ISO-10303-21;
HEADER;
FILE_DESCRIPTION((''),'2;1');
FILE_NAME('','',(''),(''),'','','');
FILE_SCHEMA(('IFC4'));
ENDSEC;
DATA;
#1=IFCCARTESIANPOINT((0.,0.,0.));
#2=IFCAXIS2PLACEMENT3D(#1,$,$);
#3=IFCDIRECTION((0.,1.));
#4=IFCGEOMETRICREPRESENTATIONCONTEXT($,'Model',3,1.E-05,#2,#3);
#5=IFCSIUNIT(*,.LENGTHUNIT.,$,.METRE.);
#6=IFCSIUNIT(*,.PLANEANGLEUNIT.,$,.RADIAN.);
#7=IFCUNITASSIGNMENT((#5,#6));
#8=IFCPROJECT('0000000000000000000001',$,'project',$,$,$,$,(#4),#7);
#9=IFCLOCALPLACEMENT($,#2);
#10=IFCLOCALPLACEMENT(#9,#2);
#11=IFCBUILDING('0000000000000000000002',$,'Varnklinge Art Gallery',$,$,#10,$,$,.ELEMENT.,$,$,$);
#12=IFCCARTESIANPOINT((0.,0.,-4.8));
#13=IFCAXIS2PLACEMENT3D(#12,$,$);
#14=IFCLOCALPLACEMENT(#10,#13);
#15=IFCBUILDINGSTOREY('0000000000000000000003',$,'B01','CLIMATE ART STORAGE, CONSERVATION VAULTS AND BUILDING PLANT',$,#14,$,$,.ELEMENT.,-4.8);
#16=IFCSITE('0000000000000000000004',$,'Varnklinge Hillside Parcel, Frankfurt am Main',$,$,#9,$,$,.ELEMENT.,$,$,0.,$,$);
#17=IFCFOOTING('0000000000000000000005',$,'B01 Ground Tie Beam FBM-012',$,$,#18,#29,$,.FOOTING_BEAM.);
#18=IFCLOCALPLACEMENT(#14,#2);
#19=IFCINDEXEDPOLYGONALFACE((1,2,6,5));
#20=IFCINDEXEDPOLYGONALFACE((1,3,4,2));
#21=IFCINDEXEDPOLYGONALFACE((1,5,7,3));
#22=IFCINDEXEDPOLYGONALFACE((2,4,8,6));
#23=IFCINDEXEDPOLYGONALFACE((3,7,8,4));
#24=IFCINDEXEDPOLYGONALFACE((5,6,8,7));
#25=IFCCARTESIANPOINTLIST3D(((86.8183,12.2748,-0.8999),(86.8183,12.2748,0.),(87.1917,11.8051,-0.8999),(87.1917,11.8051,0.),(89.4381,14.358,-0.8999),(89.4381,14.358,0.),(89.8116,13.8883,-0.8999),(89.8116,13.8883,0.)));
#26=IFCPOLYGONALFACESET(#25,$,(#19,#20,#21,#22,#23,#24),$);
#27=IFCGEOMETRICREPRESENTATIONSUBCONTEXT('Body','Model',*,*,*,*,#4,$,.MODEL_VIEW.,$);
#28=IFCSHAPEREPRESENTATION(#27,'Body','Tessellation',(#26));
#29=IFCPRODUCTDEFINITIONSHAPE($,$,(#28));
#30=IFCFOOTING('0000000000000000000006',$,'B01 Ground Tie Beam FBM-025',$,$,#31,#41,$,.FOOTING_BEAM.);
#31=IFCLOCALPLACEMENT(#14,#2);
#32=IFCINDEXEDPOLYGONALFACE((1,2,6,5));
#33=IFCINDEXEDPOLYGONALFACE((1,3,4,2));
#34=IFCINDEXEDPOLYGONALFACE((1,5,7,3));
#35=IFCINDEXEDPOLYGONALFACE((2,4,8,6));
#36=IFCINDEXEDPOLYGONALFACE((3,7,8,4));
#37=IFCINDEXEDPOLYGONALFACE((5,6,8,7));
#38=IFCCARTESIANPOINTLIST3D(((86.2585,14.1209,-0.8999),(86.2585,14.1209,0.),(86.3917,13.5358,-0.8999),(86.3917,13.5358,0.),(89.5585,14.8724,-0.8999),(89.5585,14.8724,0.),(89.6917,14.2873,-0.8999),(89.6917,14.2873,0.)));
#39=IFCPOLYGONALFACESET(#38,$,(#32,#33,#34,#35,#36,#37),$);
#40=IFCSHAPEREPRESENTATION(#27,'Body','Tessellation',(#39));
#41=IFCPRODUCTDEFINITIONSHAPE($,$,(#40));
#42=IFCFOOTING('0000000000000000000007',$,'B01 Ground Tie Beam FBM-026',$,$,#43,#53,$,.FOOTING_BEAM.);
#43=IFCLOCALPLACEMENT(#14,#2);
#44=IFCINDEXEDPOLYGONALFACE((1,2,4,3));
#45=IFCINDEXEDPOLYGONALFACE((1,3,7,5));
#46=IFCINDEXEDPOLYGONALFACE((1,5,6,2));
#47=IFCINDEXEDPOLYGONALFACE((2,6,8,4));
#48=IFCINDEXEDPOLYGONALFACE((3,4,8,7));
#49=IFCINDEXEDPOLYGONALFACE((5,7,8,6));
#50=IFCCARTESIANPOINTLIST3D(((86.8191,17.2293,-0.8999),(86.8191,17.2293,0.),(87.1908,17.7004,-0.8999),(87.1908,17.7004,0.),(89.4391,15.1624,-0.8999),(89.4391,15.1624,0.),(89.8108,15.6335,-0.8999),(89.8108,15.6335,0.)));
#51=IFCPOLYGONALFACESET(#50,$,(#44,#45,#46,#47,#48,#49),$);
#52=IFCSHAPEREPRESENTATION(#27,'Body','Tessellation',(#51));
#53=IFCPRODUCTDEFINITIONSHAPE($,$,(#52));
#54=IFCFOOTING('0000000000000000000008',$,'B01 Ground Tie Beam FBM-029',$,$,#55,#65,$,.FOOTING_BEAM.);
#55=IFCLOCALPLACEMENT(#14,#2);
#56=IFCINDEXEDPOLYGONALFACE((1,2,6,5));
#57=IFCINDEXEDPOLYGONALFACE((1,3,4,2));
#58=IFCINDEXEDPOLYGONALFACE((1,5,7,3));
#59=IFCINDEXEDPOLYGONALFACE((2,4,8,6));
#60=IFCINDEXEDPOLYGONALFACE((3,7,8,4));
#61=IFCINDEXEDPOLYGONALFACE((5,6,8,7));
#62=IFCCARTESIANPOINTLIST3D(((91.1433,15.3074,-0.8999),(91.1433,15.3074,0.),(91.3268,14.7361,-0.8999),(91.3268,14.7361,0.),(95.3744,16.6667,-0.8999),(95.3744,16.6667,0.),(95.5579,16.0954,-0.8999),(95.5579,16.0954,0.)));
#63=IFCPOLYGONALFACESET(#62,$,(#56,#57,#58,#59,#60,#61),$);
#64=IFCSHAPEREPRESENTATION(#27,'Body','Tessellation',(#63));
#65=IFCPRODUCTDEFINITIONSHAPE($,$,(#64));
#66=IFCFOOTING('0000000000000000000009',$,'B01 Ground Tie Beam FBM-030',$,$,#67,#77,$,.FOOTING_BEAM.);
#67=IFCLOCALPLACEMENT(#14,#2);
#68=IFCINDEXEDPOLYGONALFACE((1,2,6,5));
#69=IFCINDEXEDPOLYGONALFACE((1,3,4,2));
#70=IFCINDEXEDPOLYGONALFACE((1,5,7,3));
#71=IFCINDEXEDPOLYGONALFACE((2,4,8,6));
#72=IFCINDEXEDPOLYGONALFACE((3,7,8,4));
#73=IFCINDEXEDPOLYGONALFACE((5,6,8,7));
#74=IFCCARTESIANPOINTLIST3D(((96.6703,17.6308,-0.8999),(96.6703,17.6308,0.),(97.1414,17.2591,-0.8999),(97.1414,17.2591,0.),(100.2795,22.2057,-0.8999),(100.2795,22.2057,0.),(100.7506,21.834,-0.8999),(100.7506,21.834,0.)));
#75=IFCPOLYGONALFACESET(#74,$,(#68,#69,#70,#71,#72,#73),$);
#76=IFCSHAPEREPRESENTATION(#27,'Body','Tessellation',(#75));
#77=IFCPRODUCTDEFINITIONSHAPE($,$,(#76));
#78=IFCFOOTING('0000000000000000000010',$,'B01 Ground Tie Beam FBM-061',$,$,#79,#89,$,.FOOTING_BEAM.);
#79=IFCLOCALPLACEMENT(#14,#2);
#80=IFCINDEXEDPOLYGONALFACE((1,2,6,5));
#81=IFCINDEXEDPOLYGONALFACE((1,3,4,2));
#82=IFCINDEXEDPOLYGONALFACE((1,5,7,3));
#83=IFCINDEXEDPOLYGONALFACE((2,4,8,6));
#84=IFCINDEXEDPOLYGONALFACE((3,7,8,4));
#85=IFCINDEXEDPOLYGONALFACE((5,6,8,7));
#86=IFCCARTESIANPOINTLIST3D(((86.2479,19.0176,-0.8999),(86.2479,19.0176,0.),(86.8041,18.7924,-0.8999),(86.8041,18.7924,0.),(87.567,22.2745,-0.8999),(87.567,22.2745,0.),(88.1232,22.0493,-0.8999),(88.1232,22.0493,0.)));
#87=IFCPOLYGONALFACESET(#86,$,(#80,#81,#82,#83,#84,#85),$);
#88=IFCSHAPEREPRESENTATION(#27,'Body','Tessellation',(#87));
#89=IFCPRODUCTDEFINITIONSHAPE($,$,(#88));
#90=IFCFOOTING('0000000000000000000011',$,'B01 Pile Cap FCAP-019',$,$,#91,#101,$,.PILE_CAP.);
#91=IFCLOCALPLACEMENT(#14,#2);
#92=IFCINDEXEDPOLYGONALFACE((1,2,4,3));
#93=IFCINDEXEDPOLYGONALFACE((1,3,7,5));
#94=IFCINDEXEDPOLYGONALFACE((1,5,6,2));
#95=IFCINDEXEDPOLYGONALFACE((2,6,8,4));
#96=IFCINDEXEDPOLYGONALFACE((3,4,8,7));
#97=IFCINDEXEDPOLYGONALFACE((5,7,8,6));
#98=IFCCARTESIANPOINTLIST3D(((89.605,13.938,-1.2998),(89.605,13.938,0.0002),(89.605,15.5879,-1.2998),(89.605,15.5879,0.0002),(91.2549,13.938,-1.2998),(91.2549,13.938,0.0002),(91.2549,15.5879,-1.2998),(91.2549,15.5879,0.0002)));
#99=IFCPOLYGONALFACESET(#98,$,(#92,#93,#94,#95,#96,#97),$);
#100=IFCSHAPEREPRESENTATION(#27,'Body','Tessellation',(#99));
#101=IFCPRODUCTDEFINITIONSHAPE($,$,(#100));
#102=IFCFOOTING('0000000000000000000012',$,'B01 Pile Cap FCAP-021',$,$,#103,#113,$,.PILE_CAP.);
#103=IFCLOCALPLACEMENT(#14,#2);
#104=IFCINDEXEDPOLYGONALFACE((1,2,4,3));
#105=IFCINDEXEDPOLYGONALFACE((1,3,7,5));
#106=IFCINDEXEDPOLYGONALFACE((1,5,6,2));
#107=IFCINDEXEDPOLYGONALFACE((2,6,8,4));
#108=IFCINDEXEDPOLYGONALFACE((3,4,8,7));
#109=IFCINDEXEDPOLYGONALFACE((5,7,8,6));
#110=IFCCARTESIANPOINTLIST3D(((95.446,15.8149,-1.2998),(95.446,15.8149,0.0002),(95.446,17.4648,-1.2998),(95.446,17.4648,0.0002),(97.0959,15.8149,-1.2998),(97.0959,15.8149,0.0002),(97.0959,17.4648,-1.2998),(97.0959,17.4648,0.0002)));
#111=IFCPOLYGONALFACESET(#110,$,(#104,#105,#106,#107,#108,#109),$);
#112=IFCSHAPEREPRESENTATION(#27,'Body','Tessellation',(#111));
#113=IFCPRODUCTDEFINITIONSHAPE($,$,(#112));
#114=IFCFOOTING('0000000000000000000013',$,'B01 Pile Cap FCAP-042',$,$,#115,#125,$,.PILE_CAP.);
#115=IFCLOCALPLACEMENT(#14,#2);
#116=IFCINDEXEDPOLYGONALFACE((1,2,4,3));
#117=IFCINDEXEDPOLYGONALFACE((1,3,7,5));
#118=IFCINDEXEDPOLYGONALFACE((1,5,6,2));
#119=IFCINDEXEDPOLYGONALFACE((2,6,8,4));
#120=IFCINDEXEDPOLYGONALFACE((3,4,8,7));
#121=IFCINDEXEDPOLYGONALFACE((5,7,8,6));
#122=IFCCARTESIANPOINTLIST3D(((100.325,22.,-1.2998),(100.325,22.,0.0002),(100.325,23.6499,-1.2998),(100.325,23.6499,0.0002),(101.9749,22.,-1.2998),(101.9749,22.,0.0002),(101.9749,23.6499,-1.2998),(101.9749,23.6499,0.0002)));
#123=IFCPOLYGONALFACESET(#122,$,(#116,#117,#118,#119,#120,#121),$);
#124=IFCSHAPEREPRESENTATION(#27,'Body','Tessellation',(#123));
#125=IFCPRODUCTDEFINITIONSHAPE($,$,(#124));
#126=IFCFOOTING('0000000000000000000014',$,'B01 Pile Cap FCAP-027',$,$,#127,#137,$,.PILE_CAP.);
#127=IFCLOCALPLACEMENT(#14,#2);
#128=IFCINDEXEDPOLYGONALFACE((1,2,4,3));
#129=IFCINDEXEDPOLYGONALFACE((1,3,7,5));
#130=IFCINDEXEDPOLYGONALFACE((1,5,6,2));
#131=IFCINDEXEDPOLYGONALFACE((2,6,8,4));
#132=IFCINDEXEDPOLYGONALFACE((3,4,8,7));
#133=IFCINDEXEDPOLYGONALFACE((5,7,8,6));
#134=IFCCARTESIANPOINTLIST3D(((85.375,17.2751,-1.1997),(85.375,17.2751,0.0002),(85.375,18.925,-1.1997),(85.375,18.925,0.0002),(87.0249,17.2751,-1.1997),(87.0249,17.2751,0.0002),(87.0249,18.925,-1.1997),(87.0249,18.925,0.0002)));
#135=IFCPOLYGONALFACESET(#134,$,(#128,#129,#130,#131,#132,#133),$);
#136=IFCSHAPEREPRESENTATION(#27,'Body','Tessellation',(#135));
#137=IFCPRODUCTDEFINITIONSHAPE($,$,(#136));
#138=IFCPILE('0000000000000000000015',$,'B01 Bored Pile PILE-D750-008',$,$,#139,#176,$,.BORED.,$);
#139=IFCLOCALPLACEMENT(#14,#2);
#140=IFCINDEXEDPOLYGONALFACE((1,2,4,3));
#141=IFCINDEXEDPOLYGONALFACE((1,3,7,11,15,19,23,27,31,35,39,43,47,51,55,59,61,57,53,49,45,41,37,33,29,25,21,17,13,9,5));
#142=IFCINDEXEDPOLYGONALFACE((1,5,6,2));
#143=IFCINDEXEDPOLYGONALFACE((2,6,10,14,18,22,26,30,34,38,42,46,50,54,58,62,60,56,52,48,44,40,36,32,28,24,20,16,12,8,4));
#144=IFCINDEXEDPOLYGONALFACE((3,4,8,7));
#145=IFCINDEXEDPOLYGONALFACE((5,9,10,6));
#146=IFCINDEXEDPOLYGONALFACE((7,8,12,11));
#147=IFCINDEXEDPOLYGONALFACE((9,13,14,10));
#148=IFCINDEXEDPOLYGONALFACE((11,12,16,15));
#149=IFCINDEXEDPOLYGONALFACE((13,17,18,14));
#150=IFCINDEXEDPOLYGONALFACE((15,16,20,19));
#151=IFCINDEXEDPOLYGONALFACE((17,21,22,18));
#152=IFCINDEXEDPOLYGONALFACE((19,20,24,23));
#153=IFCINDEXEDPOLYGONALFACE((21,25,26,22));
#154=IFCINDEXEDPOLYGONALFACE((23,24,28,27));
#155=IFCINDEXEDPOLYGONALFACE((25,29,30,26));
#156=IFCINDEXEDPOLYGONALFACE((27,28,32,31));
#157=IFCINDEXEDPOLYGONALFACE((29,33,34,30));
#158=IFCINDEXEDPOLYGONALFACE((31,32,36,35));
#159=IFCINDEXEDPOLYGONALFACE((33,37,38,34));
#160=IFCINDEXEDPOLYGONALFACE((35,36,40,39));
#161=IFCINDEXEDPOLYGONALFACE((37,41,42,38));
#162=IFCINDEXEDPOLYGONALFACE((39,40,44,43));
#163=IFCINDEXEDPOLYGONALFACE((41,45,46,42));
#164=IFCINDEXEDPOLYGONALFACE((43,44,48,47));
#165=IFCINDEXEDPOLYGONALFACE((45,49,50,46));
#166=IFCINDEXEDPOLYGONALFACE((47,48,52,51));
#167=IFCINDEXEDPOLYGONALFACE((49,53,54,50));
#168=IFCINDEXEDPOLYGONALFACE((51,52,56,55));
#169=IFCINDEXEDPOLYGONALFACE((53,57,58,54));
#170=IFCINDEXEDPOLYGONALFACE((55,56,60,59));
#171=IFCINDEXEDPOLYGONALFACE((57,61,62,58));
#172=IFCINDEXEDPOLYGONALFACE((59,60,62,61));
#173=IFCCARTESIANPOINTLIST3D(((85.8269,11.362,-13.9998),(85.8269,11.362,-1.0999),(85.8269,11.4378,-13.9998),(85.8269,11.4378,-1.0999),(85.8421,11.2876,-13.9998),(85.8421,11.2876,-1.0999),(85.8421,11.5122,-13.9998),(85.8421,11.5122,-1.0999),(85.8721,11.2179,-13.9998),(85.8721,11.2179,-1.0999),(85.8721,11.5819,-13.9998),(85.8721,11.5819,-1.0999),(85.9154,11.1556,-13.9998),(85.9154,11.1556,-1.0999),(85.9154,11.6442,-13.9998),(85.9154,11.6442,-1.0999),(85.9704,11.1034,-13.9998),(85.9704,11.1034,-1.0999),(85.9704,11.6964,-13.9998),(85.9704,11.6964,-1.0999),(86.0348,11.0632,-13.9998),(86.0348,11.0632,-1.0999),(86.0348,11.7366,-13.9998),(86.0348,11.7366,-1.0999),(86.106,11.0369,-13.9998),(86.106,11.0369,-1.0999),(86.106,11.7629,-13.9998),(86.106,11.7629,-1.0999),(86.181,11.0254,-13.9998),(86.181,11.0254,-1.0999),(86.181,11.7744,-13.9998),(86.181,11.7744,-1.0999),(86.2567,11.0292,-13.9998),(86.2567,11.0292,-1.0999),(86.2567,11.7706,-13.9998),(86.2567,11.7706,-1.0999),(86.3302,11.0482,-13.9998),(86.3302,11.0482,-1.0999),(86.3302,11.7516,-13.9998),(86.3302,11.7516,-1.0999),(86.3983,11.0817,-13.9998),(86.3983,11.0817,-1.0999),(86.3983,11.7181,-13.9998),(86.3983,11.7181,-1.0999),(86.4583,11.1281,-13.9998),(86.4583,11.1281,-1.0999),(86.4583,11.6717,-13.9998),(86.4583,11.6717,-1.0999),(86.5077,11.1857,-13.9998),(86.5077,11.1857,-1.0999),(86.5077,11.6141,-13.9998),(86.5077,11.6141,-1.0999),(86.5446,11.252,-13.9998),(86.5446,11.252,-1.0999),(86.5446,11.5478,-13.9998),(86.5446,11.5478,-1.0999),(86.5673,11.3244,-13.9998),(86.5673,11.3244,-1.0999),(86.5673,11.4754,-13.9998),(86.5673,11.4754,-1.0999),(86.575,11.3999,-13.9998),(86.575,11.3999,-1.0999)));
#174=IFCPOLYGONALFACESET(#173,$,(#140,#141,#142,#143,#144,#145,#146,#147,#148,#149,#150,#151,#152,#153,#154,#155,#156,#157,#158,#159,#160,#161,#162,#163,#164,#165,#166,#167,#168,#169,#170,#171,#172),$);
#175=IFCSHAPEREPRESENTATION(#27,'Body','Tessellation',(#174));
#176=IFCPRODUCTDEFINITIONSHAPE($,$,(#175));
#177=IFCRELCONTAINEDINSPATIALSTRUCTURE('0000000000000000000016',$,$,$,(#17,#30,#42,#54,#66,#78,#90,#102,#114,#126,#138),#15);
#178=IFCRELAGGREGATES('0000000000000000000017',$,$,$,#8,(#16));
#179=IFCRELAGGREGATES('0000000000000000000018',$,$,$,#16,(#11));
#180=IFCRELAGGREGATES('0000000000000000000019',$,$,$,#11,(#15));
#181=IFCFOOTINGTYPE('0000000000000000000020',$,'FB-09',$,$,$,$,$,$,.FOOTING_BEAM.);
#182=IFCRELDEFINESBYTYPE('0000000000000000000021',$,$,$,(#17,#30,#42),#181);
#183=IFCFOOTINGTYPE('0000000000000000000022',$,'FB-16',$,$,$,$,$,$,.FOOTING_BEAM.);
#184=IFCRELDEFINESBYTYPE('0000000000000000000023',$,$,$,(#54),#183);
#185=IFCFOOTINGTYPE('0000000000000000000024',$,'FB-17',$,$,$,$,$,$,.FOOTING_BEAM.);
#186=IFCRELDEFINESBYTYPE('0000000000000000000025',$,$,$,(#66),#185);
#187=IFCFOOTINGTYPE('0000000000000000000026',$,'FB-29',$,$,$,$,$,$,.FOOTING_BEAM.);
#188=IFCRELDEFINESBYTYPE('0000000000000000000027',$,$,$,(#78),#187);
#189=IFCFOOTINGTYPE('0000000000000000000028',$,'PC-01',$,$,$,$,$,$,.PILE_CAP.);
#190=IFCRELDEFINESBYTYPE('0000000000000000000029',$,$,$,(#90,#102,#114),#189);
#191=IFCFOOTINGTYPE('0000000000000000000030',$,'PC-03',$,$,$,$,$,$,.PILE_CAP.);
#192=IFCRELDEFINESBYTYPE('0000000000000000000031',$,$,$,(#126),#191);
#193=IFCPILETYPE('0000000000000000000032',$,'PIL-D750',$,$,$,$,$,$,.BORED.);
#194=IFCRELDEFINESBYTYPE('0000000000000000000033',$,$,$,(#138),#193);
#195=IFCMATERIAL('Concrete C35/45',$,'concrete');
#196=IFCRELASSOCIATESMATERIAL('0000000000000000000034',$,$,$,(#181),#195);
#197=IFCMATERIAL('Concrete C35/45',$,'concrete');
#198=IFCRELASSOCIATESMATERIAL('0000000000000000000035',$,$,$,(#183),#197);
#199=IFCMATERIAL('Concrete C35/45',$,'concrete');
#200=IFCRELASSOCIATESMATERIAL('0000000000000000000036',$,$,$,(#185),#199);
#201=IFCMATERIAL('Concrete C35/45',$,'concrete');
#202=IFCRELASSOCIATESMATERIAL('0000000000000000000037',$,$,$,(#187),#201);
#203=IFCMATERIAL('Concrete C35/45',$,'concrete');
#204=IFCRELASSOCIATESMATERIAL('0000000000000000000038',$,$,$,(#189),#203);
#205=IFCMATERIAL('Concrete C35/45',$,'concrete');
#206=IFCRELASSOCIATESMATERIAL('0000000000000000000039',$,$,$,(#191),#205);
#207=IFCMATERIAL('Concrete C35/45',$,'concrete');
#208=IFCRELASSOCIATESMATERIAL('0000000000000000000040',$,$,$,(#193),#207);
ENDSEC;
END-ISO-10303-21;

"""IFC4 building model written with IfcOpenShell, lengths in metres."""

from ifc_helpers import new_model, si_unit, direction, frame, origin, origin_2d, place, context, subcontext, project, spatial, rectangle, circle, extrude, material, material_profile, profile_set, type_object, element, save


model = new_model("IFC4")

# Units and contexts
model_context = context("Model", 3, precision=1e-05, world=origin(), true_north=direction((0.0, 1.0)))
body_context = subcontext(model_context, "Body", "Model", "MODEL_VIEW")
ifc_project = project(units=[si_unit("LENGTHUNIT", "METRE"), si_unit("PLANEANGLEUNIT", "RADIAN")], contexts=[model_context])

# Site, building, storey
site_placement = place(None, origin())
site = spatial("IfcSite", under=ifc_project, at=site_placement, Name="Varnklinge Hillside Parcel, Frankfurt am Main", CompositionType="ELEMENT", RefElevation=0.0)
building_placement = place(site_placement, origin())
building = spatial("IfcBuilding", under=site, at=building_placement, Name="Varnklinge Art Gallery", CompositionType="ELEMENT")
storey_placement = place(building_placement, frame((0.0, 0.0, -4.8)))
storey = spatial("IfcBuildingStorey", under=building, at=storey_placement, Name="B01", Description="CLIMATE ART STORAGE, CONSERVATION VAULTS AND BUILDING PLANT", CompositionType="ELEMENT", Elevation=-4.8)

# Footings
ifc_material_1 = material(Name="Concrete C35/45", Category="concrete")
footing_type_1 = type_object("IfcFootingType", Name="FB-09", PredefinedType="FOOTING_BEAM", material=ifc_material_1)
footing_1_placement = place(storey_placement, frame((88.3149, 13.0815, -0.8999), z_axis=(0.0, 0.0, 1.0), x_axis=(0.782717, 0.622378, 0.0)))
element("IfcFooting", 1, at=footing_1_placement, inside=storey, type_object=footing_type_1, Name="B01 Ground Tie Beam FBM-012", PredefinedType="FOOTING_BEAM", context=body_context, shape_type="SweptSolid", body=[
    extrude(rectangle(XDim=3.3472, YDim=0.6001, at=origin_2d()), origin(), (0.0, 0.0, 1.0), 0.8999),
])
footing_2_placement = place(storey_placement, frame((87.9751, 14.2041, -0.8999), z_axis=(0.0, 0.0, 1.0), x_axis=(-0.975033, -0.222059, 0.0)))
element("IfcFooting", 2, at=footing_2_placement, inside=storey, type_object=footing_type_1, Name="B01 Ground Tie Beam FBM-025", PredefinedType="FOOTING_BEAM", context=body_context, shape_type="SweptSolid", body=[
    extrude(rectangle(XDim=3.3845, YDim=0.6001, at=origin_2d()), origin(), (0.0, 0.0, 1.0), 0.8999),
])
footing_3_placement = place(storey_placement, frame((88.3149, 16.4314, -0.8999), z_axis=(0.0, 0.0, 1.0), x_axis=(-0.785101, 0.619368, 0.0)))
element("IfcFooting", 3, at=footing_3_placement, inside=storey, type_object=footing_type_1, Name="B01 Ground Tie Beam FBM-026", PredefinedType="FOOTING_BEAM", context=body_context, shape_type="SweptSolid", body=[
    extrude(rectangle(XDim=3.3372, YDim=0.6001, at=origin_2d()), origin(), (0.0, 0.0, 1.0), 0.8999),
])
ifc_material_2 = material(Name="Concrete C35/45", Category="concrete")
footing_type_2 = type_object("IfcFootingType", Name="FB-16", PredefinedType="FOOTING_BEAM", material=ifc_material_2)
footing_4_placement = place(storey_placement, frame((93.3506, 15.7014, -0.8999), z_axis=(0.0, 0.0, 1.0), x_axis=(-0.952076, -0.305861, 0.0)))
element("IfcFooting", 4, at=footing_4_placement, inside=storey, type_object=footing_type_2, Name="B01 Ground Tie Beam FBM-029", PredefinedType="FOOTING_BEAM", context=body_context, shape_type="SweptSolid", body=[
    extrude(rectangle(XDim=4.4441, YDim=0.6001, at=origin_2d()), origin(), (0.0, 0.0, 1.0), 0.8999),
])
ifc_material_3 = material(Name="Concrete C35/45", Category="concrete")
footing_type_3 = type_object("IfcFootingType", Name="FB-17", PredefinedType="FOOTING_BEAM", material=ifc_material_3)
footing_5_placement = place(storey_placement, frame((98.7104, 19.7324, -0.8999), z_axis=(0.0, 0.0, 1.0), x_axis=(0.619368, 0.785101, 0.0)))
element("IfcFooting", 5, at=footing_5_placement, inside=storey, type_object=footing_type_3, Name="B01 Ground Tie Beam FBM-030", PredefinedType="FOOTING_BEAM", context=body_context, shape_type="SweptSolid", body=[
    extrude(rectangle(XDim=5.8271, YDim=0.6001, at=origin_2d()), origin(), (0.0, 0.0, 1.0), 0.8999),
])
ifc_material_4 = material(Name="Concrete C35/45", Category="concrete")
footing_type_4 = type_object("IfcFootingType", Name="FB-29", PredefinedType="FOOTING_BEAM", material=ifc_material_4)
footing_6_placement = place(storey_placement, frame((87.1855, 20.5334, -0.8999), z_axis=(0.0, 0.0, 1.0), x_axis=(-0.375416, -0.926857, 0.0)))
element("IfcFooting", 6, at=footing_6_placement, inside=storey, type_object=footing_type_4, Name="B01 Ground Tie Beam FBM-061", PredefinedType="FOOTING_BEAM", context=body_context, shape_type="SweptSolid", body=[
    extrude(rectangle(XDim=3.5139, YDim=0.6001, at=origin_2d()), origin(), (0.0, 0.0, 1.0), 0.8999),
])
ifc_material_5 = material(Name="Concrete C35/45", Category="concrete")
footing_type_5 = type_object("IfcFootingType", Name="PC-01", PredefinedType="PILE_CAP", material=ifc_material_5)
for number, where, z_axis, x_axis, name in (
    (7, (90.4299, 14.7629, -1.2998), (0.0, 0.0, 1.0), (1.0, 0.0, 0.0), "B01 Pile Cap FCAP-019"),
    (8, (96.271, 16.6399, -1.2998), (0.0, 0.0, 1.0), (1.0, 0.0, 0.0), "B01 Pile Cap FCAP-021"),
    (9, (101.1499, 22.825, -1.2998), (0.0, 0.0, 1.0), (1.0, 0.0, 0.0), "B01 Pile Cap FCAP-042"),
):
    element("IfcFooting", number, at=place(storey_placement, frame(where, z_axis=z_axis, x_axis=x_axis)), inside=storey, type_object=footing_type_5, Name=name, PredefinedType="PILE_CAP", context=body_context, shape_type="SweptSolid", body=[
        extrude(rectangle(XDim=1.6499, YDim=1.6499, at=origin_2d()), origin(), (0.0, 0.0, 1.0), 1.3),
    ])
ifc_material_6 = material(Name="Concrete C35/45", Category="concrete")
footing_type_6 = type_object("IfcFootingType", Name="PC-03", PredefinedType="PILE_CAP", material=ifc_material_6)
footing_7_placement = place(storey_placement, frame((86.2, 18.1001, -1.1997), z_axis=(0.0, 0.0, 1.0), x_axis=(1.0, 0.0, 0.0)))
element("IfcFooting", 10, at=footing_7_placement, inside=storey, type_object=footing_type_6, Name="B01 Pile Cap FCAP-027", PredefinedType="PILE_CAP", context=body_context, shape_type="SweptSolid", body=[
    extrude(rectangle(XDim=1.6499, YDim=1.6499, at=origin_2d()), origin(), (0.0, 0.0, 1.0), 1.2),
])

# Pile
ifc_material_7 = material(Name="Concrete C35/45", Category="concrete")
ifc_material_profile_1 = material_profile(ifc_material_7, circle(Radius=0.375, at=origin_2d()), Name="PILE D750")
ifc_profile_set_1 = profile_set([ifc_material_profile_1], Name="Concrete C35/45")
pile_type = type_object("IfcPileType", Name="PIL-D750", PredefinedType="BORED", material=ifc_profile_set_1)
pile_1_placement = place(storey_placement, frame((86.2, 11.3999, -1.0999), z_axis=(0.0, 0.0, -1.0), x_axis=(1.0, 0.0, 0.0)))
element("IfcPile", 11, at=pile_1_placement, inside=storey, type_object=pile_type, Name="B01 Bored Pile PILE-D750-008", PredefinedType="BORED", context=body_context, shape_type="SweptSolid", body=[
    extrude(circle(Radius=0.375, at=origin_2d()), origin(), (0.0, 0.0, 1.0), 12.8999),
])

save(model, "model.ifc")
